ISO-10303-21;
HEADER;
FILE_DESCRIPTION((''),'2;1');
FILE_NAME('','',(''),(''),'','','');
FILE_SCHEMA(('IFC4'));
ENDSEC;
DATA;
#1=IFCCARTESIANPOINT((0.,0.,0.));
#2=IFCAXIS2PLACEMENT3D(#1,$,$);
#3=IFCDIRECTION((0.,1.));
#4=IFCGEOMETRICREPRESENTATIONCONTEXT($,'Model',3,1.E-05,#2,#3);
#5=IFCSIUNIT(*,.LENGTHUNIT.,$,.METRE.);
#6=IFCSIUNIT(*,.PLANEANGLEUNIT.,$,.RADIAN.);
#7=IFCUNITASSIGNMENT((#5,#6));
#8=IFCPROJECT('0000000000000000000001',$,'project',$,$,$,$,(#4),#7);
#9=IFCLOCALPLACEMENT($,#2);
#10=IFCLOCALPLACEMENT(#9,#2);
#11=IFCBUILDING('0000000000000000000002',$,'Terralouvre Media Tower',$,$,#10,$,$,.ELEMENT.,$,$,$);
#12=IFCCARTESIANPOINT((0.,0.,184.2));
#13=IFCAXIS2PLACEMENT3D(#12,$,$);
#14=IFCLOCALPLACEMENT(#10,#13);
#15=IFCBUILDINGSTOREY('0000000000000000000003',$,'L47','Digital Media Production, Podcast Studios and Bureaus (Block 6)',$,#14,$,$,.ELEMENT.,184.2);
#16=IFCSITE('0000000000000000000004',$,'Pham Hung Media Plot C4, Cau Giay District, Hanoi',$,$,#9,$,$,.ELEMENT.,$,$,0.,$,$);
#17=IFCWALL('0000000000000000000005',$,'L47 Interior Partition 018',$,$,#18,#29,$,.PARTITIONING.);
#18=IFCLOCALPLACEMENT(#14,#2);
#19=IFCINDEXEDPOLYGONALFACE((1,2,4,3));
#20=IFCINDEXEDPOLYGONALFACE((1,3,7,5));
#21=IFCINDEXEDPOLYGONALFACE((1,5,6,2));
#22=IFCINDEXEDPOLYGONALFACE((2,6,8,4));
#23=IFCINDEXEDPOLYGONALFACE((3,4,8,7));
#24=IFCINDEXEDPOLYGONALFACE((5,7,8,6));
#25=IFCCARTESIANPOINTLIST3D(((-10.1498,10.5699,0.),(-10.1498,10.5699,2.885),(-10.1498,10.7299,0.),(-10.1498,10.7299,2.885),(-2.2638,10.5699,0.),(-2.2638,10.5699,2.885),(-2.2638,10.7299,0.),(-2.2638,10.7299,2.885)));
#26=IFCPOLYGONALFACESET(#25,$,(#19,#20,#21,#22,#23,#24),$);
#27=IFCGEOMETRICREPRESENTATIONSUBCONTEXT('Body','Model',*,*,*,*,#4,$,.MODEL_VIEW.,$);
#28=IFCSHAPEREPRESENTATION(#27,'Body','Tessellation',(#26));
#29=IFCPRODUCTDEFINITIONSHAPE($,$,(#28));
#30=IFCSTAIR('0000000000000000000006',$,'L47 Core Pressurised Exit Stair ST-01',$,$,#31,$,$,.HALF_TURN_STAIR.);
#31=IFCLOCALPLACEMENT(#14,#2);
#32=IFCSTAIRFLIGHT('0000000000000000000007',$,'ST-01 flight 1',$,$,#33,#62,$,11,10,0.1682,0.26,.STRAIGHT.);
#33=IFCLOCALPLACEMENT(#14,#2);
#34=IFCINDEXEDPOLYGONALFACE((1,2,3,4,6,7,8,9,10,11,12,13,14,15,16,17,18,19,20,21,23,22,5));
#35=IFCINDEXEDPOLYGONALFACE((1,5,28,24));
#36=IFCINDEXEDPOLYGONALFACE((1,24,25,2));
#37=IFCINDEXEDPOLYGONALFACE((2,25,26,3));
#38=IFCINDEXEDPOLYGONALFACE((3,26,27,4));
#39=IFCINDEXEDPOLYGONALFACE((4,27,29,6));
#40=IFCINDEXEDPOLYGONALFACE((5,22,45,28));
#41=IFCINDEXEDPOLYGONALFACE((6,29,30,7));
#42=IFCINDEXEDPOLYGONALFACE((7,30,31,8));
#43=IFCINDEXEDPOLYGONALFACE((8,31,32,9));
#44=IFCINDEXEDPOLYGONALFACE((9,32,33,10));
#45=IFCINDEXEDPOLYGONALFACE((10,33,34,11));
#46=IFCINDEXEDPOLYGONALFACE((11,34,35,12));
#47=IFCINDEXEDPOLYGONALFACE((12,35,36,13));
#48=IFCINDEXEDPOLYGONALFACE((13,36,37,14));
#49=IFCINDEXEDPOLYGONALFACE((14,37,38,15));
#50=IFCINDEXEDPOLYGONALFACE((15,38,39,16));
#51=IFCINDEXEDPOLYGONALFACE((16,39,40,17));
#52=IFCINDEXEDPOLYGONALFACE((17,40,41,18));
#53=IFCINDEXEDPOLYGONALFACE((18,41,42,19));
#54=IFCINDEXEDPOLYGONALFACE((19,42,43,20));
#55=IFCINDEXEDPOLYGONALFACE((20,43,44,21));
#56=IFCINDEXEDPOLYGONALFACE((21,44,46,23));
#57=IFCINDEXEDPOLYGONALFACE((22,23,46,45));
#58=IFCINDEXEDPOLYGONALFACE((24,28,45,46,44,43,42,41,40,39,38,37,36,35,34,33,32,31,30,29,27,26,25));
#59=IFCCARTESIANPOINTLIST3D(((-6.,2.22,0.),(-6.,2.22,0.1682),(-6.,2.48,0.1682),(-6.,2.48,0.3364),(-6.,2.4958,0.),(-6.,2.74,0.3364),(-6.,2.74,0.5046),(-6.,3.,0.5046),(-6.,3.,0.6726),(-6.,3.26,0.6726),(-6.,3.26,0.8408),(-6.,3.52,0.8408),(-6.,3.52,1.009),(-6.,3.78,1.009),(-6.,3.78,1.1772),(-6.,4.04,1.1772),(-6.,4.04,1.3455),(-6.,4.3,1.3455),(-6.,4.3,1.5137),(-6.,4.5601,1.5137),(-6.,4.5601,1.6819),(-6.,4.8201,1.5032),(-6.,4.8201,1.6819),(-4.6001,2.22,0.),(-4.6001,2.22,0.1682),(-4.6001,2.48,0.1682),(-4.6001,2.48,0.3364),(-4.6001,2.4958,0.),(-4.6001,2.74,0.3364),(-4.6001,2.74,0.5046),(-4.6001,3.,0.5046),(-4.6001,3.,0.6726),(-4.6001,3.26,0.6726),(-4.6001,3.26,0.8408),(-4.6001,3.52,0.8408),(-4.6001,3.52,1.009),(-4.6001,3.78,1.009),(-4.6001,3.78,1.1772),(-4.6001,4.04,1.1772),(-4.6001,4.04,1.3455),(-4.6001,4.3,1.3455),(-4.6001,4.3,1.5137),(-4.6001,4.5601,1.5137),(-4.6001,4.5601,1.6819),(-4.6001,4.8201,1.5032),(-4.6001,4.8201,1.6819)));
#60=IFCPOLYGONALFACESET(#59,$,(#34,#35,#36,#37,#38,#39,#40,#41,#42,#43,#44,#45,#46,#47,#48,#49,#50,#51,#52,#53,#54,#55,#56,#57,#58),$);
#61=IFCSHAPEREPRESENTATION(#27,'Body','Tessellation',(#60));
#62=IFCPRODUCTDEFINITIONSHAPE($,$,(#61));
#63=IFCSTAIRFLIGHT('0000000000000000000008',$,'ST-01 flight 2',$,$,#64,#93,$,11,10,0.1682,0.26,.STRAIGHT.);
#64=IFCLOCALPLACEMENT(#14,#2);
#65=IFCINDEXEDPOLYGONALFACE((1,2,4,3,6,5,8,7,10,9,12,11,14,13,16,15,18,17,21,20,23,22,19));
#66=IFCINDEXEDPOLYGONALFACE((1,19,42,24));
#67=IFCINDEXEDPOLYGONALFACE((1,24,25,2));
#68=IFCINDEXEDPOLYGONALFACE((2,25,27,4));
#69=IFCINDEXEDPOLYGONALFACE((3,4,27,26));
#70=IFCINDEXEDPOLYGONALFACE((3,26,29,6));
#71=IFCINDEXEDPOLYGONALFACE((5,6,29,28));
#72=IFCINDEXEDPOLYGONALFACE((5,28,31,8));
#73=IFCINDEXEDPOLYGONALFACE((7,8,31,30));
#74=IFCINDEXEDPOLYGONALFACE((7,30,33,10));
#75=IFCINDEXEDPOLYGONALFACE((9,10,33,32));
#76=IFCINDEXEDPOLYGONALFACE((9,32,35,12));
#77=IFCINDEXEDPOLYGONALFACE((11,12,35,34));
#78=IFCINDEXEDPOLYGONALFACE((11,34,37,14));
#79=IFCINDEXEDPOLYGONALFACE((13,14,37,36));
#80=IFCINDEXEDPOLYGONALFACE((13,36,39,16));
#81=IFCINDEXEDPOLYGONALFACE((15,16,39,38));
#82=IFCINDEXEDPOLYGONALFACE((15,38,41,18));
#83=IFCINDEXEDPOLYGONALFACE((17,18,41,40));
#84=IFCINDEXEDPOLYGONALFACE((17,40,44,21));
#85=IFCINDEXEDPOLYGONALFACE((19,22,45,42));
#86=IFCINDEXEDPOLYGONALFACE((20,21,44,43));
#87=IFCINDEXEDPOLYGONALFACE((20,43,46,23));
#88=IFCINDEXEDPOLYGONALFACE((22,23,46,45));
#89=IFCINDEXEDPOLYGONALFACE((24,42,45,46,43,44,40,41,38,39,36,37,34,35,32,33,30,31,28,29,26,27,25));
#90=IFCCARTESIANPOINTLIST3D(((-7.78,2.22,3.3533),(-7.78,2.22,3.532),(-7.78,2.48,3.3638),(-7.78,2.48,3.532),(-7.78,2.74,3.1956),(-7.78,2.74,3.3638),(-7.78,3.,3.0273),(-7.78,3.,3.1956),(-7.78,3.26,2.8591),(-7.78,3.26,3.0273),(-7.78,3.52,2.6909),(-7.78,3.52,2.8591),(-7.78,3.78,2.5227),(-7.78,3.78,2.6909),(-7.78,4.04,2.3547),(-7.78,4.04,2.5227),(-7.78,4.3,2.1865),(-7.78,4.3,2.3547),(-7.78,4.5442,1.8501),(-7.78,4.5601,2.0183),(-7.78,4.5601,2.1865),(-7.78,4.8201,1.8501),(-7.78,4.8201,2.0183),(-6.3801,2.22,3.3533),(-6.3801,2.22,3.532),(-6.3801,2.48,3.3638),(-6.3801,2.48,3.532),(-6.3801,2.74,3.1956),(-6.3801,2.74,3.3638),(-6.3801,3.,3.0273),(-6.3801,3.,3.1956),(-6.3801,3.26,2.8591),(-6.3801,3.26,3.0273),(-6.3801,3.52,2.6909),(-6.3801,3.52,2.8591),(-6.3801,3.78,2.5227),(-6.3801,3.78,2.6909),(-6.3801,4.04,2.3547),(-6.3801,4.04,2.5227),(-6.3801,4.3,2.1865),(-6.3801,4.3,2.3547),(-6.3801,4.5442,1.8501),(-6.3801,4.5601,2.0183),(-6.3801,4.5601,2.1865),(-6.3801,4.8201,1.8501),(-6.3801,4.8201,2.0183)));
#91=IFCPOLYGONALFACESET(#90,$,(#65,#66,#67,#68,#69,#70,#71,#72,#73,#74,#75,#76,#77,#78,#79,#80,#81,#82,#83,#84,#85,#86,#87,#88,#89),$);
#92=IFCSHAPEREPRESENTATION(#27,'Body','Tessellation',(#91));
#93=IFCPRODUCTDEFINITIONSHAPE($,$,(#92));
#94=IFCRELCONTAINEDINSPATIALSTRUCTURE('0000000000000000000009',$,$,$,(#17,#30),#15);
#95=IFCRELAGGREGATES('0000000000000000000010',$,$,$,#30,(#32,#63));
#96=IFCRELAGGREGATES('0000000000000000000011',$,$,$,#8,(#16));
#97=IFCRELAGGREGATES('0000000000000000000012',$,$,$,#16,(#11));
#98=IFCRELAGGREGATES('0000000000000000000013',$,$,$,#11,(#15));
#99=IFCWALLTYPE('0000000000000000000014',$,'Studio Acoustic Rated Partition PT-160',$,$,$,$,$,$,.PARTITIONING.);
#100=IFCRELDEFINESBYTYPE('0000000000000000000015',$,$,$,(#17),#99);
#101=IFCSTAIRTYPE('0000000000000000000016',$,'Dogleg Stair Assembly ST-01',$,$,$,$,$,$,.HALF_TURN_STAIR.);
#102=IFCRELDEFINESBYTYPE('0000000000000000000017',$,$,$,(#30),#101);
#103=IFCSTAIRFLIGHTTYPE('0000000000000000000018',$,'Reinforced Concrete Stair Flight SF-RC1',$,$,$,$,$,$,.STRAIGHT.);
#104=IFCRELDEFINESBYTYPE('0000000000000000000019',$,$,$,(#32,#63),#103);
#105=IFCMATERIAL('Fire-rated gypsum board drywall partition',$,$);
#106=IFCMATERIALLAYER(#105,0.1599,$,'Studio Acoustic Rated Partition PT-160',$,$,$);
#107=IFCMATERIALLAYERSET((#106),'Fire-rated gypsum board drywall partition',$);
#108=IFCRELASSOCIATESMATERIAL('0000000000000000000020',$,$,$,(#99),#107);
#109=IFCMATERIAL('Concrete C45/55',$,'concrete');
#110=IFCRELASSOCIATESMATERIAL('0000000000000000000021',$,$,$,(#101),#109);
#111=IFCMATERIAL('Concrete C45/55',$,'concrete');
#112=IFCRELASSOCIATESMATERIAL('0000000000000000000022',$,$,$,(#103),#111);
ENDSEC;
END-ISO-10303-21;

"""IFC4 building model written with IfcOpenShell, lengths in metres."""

from ifc_helpers import new_model, si_unit, direction, frame, frame_2d, origin, place, context, subcontext, project, spatial, polyline, rectangle, outline, extrude, material, layer, layer_set, type_object, element, aggregate, save


model = new_model("IFC4")

# Units and contexts
model_context = context("Model", 3, precision=1e-05, world=origin(), true_north=direction((0.0, 1.0)))
body_context = subcontext(model_context, "Body", "Model", "MODEL_VIEW")
ifc_project = project(units=[si_unit("LENGTHUNIT", "METRE"), si_unit("PLANEANGLEUNIT", "RADIAN")], contexts=[model_context])

# Site, building, storey
site_placement = place(None, origin())
site = spatial("IfcSite", under=ifc_project, at=site_placement, Name="Pham Hung Media Plot C4, Cau Giay District, Hanoi", CompositionType="ELEMENT", RefElevation=0.0)
building_placement = place(site_placement, origin())
building = spatial("IfcBuilding", under=site, at=building_placement, Name="Terralouvre Media Tower", CompositionType="ELEMENT")
storey_placement = place(building_placement, frame((0.0, 0.0, 184.2)))
storey = spatial("IfcBuildingStorey", under=building, at=storey_placement, Name="L47", Description="Digital Media Production, Podcast Studios and Bureaus (Block 6)", CompositionType="ELEMENT", Elevation=184.2)

# Wall
ifc_material_1 = material(Name="Fire-rated gypsum board drywall partition")
ifc_layer_1 = layer(ifc_material_1, 0.1599, Name="Studio Acoustic Rated Partition PT-160")
ifc_layer_set_1 = layer_set([ifc_layer_1], Name="Fire-rated gypsum board drywall partition")
wall_type_1 = type_object("IfcWallType", Name="Studio Acoustic Rated Partition PT-160", PredefinedType="PARTITIONING", material=ifc_layer_set_1)
wall_1_placement = place(storey_placement, frame((-2.2639, 10.6499, 0.0), z_axis=(0.0, 0.0, 1.0), x_axis=(-1.0, 0.0, 0.0)))
element("IfcWall", 1, at=wall_1_placement, inside=storey, type_object=wall_type_1, Name="L47 Interior Partition 018", PredefinedType="PARTITIONING", context=body_context, shape_type="SweptSolid", body=[
    extrude(rectangle(XDim=7.886, YDim=0.1599, at=frame_2d((3.9429, 0.0))), origin(), (0.0, 0.0, 1.0), 2.885),
])

# Stair, stair flights
ifc_material_2 = material(Name="Concrete C45/55", Category="concrete")
stair_type = type_object("IfcStairType", Name="Dogleg Stair Assembly ST-01", PredefinedType="HALF_TURN_STAIR", material=ifc_material_2)
stair_placement = place(storey_placement, origin())
stair = element("IfcStair", 2, at=stair_placement, inside=storey, type_object=stair_type, Name="L47 Core Pressurised Exit Stair ST-01", PredefinedType="HALF_TURN_STAIR")
ifc_material_3 = material(Name="Concrete C45/55", Category="concrete")
stair_flight_type = type_object("IfcStairFlightType", Name="Reinforced Concrete Stair Flight SF-RC1", PredefinedType="STRAIGHT", material=ifc_material_3)
stair_flight_1_placement = place(storey_placement, frame((-5.3, 2.22, 0.0), z_axis=(0.0, 0.0, 1.0), x_axis=(0.0, 1.0, 0.0)))
stair_flight_1 = element("IfcStairFlight", 3, at=stair_flight_1_placement, type_object=stair_flight_type, Name="ST-01 flight 1", NumberOfRisers=11, NumberOfTreads=10, PredefinedType="STRAIGHT", RiserHeight=0.1682, TreadLength=0.26, context=body_context, shape_type="SweptSolid", body=[
    extrude(outline(polyline([(0.0, 0.0), (0.0, 0.1682), (0.26, 0.1682), (0.26, 0.3364), (0.52, 0.3364), (0.52, 0.5046), (0.78, 0.5046), (0.78, 0.6726), (1.04, 0.6726), (1.04, 0.8408), (1.3, 0.8408), (1.3, 1.009), (1.5601, 1.009), (1.5601, 1.1772), (1.8201, 1.1772), (1.8201, 1.3455), (2.0801, 1.3455), (2.0801, 1.5137), (2.3401, 1.5137), (2.3401, 1.6819), (2.6001, 1.6819), (2.6001, 1.8501), (2.6001, 1.5032), (0.2759, 0.0), (0.0, 0.0)])), frame((0.0, 0.7, 0.0), z_axis=(0.0, -1.0, 0.0), x_axis=(1.0, 0.0, 0.0)), (0.0, 0.0, 1.0), 1.3999),
])
stair_flight_2_placement = place(storey_placement, frame((-7.0801, 4.8201, 1.8501), z_axis=(0.0, 0.0, 1.0), x_axis=(0.0, -1.0, 0.0)))
stair_flight_2 = element("IfcStairFlight", 4, at=stair_flight_2_placement, type_object=stair_flight_type, Name="ST-01 flight 2", NumberOfRisers=11, NumberOfTreads=10, PredefinedType="STRAIGHT", RiserHeight=0.1682, TreadLength=0.26, context=body_context, shape_type="SweptSolid", body=[
    extrude(outline(polyline([(0.0, 0.0), (0.0, 0.1682), (0.26, 0.1682), (0.26, 0.3364), (0.52, 0.3364), (0.52, 0.5046), (0.78, 0.5046), (0.78, 0.6726), (1.04, 0.6726), (1.04, 0.8408), (1.3, 0.8408), (1.3, 1.009), (1.5601, 1.009), (1.5601, 1.1772), (1.8201, 1.1772), (1.8201, 1.3455), (2.0801, 1.3455), (2.0801, 1.5137), (2.3401, 1.5137), (2.3401, 1.6819), (2.6001, 1.6819), (2.6001, 1.8501), (2.6001, 1.5032), (0.2759, 0.0), (0.0, 0.0)])), frame((0.0, 0.7, 0.0), z_axis=(0.0, -1.0, 0.0), x_axis=(1.0, 0.0, 0.0)), (0.0, 0.0, 1.0), 1.3999),
])
aggregate(stair, [stair_flight_1, stair_flight_2])

save(model, "model.ifc")
